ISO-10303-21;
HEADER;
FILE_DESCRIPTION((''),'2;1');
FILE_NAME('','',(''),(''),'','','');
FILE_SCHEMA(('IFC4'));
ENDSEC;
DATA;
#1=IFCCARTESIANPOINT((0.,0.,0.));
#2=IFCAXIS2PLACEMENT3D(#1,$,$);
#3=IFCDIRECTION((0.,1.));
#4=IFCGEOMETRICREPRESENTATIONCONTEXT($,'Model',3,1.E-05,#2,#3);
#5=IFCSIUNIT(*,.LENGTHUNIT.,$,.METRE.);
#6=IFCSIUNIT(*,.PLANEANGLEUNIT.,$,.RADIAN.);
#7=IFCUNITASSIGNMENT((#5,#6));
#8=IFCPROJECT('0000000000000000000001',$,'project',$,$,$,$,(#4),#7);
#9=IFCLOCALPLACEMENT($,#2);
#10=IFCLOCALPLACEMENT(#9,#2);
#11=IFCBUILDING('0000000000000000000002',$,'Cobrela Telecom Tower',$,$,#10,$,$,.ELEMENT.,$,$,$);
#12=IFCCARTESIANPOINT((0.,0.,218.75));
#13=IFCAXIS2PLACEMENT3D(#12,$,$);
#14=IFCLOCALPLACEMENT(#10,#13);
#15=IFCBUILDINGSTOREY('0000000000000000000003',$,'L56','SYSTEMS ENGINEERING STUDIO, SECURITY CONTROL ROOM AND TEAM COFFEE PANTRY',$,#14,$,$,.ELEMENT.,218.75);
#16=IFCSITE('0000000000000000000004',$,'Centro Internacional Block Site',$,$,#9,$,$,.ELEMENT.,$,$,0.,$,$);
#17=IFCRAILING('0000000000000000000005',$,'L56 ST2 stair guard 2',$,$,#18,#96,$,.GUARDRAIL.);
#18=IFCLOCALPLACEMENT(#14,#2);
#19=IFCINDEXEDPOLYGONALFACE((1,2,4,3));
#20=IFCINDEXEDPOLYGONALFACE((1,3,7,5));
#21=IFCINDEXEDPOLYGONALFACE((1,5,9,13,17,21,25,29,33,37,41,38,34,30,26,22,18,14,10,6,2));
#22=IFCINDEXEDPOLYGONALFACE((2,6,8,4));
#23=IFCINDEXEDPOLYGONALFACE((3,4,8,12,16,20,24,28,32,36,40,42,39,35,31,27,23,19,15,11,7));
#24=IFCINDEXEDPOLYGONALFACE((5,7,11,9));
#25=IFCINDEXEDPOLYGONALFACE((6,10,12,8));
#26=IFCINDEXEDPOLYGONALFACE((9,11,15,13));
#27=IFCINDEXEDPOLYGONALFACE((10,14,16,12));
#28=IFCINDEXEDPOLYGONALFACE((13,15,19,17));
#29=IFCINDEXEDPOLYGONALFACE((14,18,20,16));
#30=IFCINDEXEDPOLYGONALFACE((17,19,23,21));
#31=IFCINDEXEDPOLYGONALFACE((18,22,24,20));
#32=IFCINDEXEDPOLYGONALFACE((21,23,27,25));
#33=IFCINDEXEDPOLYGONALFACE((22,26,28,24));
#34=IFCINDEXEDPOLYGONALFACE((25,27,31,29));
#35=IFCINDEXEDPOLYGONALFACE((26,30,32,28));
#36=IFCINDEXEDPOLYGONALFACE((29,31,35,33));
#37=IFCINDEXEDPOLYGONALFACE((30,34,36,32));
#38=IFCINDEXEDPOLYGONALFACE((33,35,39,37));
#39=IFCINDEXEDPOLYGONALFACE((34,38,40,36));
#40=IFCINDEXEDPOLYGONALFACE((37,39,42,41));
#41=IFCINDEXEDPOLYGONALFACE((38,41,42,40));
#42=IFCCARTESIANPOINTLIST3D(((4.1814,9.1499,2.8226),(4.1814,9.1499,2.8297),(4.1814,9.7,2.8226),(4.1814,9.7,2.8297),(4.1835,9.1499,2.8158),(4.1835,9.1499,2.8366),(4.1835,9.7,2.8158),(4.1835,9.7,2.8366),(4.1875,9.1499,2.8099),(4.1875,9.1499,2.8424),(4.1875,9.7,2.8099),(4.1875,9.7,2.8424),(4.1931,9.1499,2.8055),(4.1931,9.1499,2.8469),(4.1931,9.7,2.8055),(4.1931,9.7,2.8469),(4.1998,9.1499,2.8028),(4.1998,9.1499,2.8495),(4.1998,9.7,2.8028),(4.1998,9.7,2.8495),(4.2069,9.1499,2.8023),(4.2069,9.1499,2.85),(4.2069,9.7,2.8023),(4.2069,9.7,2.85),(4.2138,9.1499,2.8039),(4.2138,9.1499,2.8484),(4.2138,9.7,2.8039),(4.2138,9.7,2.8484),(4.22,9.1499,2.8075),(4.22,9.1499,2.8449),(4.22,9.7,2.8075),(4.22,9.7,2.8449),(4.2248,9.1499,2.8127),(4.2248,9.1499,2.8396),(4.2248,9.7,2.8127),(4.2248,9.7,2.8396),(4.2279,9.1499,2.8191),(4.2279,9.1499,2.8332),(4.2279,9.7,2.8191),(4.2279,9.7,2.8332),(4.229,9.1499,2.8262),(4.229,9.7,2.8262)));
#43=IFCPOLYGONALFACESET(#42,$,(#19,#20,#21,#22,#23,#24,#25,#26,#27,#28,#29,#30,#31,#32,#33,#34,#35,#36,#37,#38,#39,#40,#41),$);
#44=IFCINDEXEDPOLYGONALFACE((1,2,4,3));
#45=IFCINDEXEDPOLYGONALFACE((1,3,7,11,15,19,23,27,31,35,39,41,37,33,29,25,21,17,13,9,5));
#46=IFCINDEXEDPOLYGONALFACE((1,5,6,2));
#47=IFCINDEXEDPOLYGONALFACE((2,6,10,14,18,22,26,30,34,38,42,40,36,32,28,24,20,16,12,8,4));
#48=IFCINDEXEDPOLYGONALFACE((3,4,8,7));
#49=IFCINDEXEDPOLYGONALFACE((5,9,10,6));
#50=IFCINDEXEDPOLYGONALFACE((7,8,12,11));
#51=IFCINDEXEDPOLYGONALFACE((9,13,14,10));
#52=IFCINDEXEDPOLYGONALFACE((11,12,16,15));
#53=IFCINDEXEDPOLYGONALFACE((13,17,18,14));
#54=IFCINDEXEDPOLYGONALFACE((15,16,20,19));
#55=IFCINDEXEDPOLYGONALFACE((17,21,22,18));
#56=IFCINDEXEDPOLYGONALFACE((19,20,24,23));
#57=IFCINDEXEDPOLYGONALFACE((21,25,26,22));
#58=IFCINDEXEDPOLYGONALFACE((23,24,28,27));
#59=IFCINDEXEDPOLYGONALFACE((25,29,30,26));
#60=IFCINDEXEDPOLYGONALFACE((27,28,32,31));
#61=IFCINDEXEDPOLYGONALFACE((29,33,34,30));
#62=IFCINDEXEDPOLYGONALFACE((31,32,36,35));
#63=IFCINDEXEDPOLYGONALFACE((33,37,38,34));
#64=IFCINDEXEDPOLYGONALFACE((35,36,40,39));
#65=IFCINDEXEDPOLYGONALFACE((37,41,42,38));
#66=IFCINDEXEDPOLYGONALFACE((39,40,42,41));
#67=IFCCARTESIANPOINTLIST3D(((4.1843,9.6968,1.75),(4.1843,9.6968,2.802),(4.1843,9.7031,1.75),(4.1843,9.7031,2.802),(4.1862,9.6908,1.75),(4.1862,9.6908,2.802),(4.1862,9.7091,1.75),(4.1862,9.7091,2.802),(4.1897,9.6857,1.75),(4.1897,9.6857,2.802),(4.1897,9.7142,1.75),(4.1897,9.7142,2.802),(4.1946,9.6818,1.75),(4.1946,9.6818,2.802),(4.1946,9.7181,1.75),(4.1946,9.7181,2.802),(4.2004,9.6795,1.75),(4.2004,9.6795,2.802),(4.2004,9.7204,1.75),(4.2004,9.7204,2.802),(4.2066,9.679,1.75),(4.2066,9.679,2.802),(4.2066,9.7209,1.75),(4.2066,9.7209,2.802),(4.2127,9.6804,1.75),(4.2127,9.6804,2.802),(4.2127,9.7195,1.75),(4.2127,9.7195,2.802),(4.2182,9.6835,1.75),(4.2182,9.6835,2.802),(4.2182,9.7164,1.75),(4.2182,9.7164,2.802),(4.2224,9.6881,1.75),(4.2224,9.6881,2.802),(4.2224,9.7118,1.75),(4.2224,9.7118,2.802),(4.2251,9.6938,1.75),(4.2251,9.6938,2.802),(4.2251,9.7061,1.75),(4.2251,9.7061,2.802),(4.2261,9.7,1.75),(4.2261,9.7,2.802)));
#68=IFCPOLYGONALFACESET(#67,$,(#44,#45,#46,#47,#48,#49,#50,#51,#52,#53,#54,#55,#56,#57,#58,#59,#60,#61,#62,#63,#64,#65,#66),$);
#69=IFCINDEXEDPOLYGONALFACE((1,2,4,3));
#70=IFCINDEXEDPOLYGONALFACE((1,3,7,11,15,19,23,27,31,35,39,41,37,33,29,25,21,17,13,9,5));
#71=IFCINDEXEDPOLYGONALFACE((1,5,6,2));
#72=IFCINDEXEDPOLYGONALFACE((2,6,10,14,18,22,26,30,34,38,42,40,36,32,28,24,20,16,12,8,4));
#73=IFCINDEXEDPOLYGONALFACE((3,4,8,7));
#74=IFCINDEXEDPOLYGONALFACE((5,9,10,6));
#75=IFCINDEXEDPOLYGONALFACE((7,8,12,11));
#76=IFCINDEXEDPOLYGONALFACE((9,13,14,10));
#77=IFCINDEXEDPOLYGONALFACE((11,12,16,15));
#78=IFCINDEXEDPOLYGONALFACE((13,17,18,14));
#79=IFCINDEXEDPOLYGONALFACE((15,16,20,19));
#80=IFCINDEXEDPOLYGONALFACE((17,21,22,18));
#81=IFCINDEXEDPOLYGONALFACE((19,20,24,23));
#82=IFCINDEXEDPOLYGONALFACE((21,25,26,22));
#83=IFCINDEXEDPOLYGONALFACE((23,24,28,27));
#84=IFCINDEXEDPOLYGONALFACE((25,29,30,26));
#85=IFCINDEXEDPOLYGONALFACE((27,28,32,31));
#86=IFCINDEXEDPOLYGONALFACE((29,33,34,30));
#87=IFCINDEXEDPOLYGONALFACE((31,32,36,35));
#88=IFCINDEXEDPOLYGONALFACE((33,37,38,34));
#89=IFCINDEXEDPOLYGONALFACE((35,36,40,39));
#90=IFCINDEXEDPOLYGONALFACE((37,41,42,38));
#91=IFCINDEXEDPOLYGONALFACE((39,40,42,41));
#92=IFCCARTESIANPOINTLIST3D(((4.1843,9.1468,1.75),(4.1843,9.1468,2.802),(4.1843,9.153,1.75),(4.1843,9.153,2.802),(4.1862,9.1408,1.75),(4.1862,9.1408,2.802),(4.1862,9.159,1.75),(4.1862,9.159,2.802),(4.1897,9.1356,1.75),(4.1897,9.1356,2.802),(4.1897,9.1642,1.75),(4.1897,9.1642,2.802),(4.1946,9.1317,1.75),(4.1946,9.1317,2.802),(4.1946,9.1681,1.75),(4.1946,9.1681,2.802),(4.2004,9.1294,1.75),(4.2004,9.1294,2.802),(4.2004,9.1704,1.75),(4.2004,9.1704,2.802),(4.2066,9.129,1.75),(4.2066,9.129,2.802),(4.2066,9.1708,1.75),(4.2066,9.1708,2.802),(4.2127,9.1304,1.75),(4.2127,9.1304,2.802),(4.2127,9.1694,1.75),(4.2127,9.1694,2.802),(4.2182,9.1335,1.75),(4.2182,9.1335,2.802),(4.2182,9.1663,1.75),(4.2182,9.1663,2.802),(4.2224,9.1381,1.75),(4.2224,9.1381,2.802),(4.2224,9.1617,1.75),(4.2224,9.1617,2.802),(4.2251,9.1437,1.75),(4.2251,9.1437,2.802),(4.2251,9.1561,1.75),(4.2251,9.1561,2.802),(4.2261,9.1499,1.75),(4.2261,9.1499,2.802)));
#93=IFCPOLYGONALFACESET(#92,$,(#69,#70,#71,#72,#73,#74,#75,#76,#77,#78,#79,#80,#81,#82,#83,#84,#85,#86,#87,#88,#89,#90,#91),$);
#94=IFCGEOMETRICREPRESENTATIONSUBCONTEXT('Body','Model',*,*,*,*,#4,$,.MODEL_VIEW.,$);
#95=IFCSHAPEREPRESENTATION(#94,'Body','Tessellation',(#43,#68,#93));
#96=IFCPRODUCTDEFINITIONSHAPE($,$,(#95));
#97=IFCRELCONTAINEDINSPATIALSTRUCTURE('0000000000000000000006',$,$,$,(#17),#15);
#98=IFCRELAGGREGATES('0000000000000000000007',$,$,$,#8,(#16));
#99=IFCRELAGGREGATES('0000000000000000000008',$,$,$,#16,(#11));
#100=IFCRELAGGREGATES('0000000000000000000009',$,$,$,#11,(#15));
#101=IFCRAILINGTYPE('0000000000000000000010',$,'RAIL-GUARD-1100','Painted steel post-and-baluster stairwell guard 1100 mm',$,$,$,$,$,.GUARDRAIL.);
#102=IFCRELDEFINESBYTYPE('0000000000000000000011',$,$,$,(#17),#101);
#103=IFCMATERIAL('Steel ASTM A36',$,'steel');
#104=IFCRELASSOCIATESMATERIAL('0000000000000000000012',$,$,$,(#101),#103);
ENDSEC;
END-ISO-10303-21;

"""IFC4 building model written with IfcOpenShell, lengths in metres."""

from ifc_helpers import new_model, si_unit, direction, frame, origin, origin_2d, place, context, subcontext, project, spatial, circle, extrude, material, type_object, element, save


model = new_model("IFC4")

# Units and contexts
model_context = context("Model", 3, precision=1e-05, world=origin(), true_north=direction((0.0, 1.0)))
body_context = subcontext(model_context, "Body", "Model", "MODEL_VIEW")
ifc_project = project(units=[si_unit("LENGTHUNIT", "METRE"), si_unit("PLANEANGLEUNIT", "RADIAN")], contexts=[model_context])

# Site, building, storey
site_placement = place(None, origin())
site = spatial("IfcSite", under=ifc_project, at=site_placement, Name="Centro Internacional Block Site", CompositionType="ELEMENT", RefElevation=0.0)
building_placement = place(site_placement, origin())
building = spatial("IfcBuilding", under=site, at=building_placement, Name="Cobrela Telecom Tower", CompositionType="ELEMENT")
storey_placement = place(building_placement, frame((0.0, 0.0, 218.75)))
storey = spatial("IfcBuildingStorey", under=building, at=storey_placement, Name="L56", Description="SYSTEMS ENGINEERING STUDIO, SECURITY CONTROL ROOM AND TEAM COFFEE PANTRY", CompositionType="ELEMENT", Elevation=218.75)

# Shared definitions
ifc_material_1 = material(Name="Steel ASTM A36", Category="steel")

# Railing
railing_type = type_object("IfcRailingType", Name="RAIL-GUARD-1100", Description="Painted steel post-and-baluster stairwell guard 1100 mm", PredefinedType="GUARDRAIL", material=ifc_material_1)
railing_1_placement = place(storey_placement, frame((4.2051, 9.7, 1.75)))
element("IfcRailing", 1, at=railing_1_placement, inside=storey, type_object=railing_type, Name="L56 ST2 stair guard 2", PredefinedType="GUARDRAIL", context=body_context, shape_type="SweptSolid", body=[
    extrude(circle(Radius=0.0239, at=origin_2d()), frame((0.0, 0.0, 1.0762), z_axis=(0.0, -1.0, 0.0), x_axis=(1.0, 0.0, 0.0)), (0.0, 0.0, 1.0), 0.55),
    extrude(circle(Radius=0.021, at=origin_2d()), origin(), (0.0, 0.0, 1.0), 1.052),
    extrude(circle(Radius=0.021, at=origin_2d()), frame((0.0, -0.55, 0.0)), (0.0, 0.0, 1.0), 1.052),
])

save(model, "model.ifc")
